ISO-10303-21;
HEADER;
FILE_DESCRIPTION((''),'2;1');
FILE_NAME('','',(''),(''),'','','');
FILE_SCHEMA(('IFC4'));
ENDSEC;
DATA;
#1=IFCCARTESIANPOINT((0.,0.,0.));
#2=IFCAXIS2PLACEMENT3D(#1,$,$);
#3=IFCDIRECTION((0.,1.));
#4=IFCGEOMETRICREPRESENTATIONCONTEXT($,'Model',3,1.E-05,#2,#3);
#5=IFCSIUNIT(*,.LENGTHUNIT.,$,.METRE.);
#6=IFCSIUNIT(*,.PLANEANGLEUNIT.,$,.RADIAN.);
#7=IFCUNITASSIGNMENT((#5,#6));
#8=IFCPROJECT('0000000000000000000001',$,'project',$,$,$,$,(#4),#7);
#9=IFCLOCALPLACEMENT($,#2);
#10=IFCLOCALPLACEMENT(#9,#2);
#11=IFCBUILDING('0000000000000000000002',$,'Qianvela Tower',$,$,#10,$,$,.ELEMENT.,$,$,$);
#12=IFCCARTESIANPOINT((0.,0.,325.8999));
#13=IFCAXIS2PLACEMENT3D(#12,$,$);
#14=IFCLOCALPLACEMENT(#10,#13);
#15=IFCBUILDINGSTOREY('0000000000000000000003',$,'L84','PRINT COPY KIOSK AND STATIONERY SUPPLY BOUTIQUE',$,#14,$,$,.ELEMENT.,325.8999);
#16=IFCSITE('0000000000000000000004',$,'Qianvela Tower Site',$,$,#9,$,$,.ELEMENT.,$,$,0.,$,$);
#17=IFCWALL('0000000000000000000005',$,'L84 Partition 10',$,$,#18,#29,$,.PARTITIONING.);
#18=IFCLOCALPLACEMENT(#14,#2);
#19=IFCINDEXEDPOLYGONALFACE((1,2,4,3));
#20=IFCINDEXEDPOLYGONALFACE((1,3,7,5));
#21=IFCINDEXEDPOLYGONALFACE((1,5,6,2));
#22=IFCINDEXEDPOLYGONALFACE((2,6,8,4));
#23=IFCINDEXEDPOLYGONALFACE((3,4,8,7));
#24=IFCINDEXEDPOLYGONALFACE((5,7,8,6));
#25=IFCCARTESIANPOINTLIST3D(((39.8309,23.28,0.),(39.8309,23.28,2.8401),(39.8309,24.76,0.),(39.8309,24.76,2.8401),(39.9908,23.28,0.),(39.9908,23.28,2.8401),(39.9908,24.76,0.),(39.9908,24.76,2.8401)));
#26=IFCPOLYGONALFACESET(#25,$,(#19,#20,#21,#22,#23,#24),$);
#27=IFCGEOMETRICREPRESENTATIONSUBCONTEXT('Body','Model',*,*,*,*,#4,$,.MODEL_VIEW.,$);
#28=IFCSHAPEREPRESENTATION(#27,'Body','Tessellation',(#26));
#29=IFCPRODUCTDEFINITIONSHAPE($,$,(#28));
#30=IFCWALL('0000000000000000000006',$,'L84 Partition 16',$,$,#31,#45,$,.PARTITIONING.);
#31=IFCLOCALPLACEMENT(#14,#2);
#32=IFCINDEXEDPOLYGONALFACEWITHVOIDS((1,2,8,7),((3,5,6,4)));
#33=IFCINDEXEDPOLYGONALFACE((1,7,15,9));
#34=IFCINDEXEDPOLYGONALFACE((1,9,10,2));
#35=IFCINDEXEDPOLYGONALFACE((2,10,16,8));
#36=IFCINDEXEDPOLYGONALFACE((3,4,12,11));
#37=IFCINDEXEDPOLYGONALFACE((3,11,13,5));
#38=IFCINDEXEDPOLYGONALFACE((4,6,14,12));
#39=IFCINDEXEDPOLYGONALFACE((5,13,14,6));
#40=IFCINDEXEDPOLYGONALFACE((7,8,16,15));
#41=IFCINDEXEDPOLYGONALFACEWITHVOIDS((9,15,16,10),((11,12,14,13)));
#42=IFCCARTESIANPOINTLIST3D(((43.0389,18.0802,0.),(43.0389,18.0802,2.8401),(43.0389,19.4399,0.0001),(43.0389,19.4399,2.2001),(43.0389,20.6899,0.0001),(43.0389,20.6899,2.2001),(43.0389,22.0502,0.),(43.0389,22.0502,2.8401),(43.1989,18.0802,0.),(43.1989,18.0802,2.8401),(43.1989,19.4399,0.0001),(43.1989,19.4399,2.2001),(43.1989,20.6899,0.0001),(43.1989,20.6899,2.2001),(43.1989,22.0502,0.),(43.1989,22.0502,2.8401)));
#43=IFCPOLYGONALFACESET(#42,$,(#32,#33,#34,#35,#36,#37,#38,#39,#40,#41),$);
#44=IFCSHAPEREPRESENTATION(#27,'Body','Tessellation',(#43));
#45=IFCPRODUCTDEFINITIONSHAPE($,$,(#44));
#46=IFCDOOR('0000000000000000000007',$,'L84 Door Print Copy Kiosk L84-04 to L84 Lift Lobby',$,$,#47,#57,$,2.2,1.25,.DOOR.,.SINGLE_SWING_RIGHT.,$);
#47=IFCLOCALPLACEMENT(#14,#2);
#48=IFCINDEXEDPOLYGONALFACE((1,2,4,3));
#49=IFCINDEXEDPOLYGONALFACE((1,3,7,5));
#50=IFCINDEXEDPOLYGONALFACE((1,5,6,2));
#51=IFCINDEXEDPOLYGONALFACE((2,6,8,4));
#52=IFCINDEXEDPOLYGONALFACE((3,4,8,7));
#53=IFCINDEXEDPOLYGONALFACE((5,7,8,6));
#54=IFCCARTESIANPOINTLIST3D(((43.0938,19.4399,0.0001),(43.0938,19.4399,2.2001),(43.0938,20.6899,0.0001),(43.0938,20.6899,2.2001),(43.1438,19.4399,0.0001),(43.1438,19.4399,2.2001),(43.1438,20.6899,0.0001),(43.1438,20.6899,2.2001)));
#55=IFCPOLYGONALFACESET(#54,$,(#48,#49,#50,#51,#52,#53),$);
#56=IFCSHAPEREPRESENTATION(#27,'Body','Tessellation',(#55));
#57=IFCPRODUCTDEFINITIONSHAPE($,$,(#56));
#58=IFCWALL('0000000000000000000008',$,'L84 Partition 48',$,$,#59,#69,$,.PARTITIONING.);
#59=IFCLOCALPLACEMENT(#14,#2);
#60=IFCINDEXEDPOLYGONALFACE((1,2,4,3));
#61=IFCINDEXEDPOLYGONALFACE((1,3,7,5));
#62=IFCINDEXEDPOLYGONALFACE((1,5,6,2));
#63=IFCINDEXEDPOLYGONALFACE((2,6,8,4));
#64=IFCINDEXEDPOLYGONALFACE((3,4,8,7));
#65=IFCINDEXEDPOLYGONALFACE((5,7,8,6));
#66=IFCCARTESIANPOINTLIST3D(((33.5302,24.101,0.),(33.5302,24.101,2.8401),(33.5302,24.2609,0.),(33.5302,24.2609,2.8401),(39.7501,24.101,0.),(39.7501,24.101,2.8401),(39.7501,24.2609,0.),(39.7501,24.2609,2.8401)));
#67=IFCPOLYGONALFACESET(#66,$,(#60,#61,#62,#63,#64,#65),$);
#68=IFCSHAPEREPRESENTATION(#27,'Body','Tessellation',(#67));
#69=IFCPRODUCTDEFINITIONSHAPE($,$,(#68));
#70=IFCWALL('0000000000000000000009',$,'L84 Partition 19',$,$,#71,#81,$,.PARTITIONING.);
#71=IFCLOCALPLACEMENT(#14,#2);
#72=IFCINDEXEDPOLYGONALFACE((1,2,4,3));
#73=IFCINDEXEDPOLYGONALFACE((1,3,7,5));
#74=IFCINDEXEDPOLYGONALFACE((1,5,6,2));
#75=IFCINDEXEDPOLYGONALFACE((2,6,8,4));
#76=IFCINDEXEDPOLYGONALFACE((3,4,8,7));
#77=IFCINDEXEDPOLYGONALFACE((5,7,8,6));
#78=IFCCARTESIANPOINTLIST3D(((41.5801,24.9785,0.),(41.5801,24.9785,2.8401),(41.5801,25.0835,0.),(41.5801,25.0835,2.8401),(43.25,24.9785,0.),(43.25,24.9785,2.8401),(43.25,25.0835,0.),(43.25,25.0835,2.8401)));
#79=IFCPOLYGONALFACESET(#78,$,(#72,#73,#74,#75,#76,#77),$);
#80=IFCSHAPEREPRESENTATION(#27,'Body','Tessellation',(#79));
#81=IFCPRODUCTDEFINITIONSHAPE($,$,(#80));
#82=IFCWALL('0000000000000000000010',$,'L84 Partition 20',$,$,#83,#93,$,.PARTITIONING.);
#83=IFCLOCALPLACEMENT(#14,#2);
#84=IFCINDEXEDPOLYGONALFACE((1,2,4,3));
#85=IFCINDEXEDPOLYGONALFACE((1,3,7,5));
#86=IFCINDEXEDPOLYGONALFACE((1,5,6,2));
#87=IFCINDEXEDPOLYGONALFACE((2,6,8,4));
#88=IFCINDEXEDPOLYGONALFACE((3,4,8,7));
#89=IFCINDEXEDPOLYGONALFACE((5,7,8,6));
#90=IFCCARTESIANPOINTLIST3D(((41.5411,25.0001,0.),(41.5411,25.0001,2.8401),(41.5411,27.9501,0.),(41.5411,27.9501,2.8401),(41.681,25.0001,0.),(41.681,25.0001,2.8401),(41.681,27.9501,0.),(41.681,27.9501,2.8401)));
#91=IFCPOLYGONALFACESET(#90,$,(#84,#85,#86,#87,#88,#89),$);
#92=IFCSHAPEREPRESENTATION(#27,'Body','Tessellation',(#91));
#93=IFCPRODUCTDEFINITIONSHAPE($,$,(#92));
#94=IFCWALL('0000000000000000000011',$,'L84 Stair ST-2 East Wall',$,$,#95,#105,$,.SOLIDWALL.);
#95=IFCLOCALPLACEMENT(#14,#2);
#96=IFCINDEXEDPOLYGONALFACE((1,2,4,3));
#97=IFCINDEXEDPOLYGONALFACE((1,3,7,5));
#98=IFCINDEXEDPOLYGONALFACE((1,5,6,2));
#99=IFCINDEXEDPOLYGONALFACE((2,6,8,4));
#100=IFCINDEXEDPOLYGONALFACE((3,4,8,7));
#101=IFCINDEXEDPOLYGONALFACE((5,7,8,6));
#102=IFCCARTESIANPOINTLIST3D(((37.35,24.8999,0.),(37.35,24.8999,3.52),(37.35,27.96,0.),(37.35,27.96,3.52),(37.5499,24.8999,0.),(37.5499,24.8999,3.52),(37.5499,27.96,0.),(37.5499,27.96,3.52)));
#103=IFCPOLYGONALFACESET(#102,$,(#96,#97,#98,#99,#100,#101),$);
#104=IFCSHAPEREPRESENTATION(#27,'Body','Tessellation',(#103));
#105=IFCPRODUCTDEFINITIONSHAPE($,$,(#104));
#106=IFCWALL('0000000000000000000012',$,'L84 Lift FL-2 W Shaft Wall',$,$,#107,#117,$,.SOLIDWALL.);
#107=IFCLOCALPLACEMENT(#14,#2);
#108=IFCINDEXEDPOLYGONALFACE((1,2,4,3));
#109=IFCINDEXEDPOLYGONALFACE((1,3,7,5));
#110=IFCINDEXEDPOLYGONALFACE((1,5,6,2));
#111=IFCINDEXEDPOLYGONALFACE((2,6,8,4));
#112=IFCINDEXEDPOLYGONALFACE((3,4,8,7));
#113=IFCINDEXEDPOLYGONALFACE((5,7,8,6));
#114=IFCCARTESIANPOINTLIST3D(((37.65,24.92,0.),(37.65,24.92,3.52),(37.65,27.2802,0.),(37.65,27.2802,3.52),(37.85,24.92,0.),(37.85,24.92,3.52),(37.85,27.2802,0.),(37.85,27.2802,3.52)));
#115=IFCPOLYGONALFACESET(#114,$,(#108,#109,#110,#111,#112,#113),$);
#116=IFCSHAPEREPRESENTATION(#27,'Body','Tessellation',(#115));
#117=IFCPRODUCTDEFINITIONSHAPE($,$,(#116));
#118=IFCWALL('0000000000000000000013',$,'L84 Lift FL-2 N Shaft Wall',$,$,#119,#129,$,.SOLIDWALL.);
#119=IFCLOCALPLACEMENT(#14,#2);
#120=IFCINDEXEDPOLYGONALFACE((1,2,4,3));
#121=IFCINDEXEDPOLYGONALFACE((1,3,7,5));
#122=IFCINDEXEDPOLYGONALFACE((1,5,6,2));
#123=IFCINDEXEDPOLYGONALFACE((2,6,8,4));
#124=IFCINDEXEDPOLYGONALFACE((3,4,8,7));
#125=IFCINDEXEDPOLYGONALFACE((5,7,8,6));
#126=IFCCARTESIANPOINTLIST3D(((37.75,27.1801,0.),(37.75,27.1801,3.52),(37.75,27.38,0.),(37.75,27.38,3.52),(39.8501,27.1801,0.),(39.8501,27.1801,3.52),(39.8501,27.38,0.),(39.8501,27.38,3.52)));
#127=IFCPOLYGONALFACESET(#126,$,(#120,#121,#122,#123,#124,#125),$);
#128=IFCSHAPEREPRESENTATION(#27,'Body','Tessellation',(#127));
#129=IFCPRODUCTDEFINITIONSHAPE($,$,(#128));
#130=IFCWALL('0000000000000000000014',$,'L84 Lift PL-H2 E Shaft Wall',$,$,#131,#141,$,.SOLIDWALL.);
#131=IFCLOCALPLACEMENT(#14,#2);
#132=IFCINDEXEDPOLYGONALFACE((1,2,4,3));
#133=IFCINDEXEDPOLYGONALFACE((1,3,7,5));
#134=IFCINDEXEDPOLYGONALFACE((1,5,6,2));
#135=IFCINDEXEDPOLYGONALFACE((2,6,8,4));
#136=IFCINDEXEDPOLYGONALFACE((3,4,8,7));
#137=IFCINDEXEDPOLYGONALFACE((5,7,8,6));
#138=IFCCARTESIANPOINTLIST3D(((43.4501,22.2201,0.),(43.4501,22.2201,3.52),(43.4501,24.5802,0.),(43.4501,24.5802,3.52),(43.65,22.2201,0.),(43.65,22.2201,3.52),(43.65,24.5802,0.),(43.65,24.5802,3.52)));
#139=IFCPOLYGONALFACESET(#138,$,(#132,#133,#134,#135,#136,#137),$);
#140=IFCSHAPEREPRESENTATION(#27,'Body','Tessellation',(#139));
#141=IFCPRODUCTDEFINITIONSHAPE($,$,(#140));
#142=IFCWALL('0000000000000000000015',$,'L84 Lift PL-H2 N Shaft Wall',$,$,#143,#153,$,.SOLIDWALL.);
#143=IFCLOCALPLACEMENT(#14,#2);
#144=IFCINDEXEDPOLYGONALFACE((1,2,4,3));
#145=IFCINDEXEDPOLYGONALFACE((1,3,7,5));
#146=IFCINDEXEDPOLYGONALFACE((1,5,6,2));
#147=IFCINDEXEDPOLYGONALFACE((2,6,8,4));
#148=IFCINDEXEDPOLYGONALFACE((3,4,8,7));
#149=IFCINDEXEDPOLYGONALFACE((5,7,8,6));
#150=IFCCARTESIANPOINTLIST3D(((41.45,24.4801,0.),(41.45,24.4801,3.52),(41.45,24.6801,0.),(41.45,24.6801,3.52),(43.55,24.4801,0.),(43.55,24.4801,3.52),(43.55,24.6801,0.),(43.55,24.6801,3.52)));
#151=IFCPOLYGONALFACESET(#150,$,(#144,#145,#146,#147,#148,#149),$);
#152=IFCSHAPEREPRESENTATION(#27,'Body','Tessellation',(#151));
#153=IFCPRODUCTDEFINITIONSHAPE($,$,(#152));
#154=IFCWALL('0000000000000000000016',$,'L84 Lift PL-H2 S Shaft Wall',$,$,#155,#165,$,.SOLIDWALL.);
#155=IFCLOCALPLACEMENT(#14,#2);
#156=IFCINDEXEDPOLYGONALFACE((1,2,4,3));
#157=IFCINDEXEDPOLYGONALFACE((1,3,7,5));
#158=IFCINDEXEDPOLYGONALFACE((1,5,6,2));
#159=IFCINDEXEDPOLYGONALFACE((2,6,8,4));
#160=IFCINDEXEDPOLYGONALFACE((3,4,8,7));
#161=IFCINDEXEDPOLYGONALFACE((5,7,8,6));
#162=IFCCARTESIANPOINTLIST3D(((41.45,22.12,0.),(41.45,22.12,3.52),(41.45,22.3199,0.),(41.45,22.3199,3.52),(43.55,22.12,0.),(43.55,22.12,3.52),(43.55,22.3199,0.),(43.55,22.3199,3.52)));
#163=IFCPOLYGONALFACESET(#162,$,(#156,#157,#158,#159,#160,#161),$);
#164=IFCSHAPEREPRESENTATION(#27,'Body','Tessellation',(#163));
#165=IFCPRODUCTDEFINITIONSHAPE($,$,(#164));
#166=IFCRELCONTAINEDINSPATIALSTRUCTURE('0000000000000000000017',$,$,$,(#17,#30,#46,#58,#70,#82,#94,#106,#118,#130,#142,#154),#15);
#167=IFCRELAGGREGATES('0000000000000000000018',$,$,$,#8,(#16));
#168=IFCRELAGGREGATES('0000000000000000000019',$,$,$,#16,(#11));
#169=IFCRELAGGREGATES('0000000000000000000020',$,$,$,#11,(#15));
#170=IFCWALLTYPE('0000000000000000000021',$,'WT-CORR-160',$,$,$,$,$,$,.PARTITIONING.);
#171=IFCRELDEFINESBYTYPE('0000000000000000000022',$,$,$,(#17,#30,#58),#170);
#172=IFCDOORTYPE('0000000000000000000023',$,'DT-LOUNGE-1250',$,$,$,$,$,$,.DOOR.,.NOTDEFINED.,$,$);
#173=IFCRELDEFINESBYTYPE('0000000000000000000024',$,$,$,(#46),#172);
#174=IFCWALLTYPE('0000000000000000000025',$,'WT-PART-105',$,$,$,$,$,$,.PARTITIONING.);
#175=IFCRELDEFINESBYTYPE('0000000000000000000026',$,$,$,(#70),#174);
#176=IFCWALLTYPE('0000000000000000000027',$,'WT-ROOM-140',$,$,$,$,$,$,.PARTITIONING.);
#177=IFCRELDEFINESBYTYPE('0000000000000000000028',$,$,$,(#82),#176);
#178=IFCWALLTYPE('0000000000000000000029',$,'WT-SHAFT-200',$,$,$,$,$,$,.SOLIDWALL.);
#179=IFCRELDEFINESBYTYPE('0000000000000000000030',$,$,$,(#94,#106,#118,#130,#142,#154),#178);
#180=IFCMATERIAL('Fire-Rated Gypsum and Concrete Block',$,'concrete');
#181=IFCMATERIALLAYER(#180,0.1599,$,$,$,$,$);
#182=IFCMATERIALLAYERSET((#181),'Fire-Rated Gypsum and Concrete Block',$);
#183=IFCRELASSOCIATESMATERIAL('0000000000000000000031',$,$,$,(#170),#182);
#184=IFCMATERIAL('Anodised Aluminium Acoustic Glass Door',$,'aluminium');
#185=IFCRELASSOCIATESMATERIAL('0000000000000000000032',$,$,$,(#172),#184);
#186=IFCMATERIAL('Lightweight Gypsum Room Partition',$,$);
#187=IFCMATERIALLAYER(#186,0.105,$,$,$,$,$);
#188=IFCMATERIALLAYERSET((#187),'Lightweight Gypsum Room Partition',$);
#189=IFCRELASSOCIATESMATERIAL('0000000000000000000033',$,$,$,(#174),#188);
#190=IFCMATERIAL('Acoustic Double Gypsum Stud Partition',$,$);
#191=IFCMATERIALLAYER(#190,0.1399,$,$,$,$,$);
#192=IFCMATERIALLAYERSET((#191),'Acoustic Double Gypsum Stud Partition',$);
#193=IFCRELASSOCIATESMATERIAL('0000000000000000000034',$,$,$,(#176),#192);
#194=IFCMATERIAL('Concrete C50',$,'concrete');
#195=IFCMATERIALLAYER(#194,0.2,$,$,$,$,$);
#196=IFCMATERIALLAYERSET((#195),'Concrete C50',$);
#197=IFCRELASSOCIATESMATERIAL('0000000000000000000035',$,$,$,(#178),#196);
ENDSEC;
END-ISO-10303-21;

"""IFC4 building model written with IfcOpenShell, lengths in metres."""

from ifc_helpers import new_model, si_unit, direction, frame, frame_2d, origin, place, context, subcontext, project, spatial, rectangle, extrude, material, layer, layer_set, type_object, element, fill, save


model = new_model("IFC4")

# Units and contexts
model_context = context("Model", 3, precision=1e-05, world=origin(), true_north=direction((0.0, 1.0)))
body_context = subcontext(model_context, "Body", "Model", "MODEL_VIEW")
ifc_project = project(units=[si_unit("LENGTHUNIT", "METRE"), si_unit("PLANEANGLEUNIT", "RADIAN")], contexts=[model_context])

# Site, building, storey
site_placement = place(None, origin())
site = spatial("IfcSite", under=ifc_project, at=site_placement, Name="Qianvela Tower Site", CompositionType="ELEMENT", RefElevation=0.0)
building_placement = place(site_placement, origin())
building = spatial("IfcBuilding", under=site, at=building_placement, Name="Qianvela Tower", CompositionType="ELEMENT")
storey_placement = place(building_placement, frame((0.0, 0.0, 325.8999)))
storey = spatial("IfcBuildingStorey", under=building, at=storey_placement, Name="L84", Description="PRINT COPY KIOSK AND STATIONERY SUPPLY BOUTIQUE", CompositionType="ELEMENT", Elevation=325.8999)

# Wall
ifc_material_1 = material(Name="Fire-Rated Gypsum and Concrete Block", Category="concrete")
ifc_layer_1 = layer(ifc_material_1, 0.1599)
ifc_layer_set_1 = layer_set([ifc_layer_1], Name="Fire-Rated Gypsum and Concrete Block")
wall_type_1 = type_object("IfcWallType", Name="WT-CORR-160", PredefinedType="PARTITIONING", material=ifc_layer_set_1)
wall_1_placement = place(storey_placement, frame((39.9109, 23.28, 0.0), z_axis=(0.0, 0.0, 1.0), x_axis=(0.0, 1.0, 0.0)))
element("IfcWall", 1, at=wall_1_placement, inside=storey, type_object=wall_type_1, Name="L84 Partition 10", PredefinedType="PARTITIONING", context=body_context, shape_type="SweptSolid", body=[
    extrude(rectangle(XDim=1.48, YDim=0.1599, at=frame_2d((0.74, 0.0))), origin(), (0.0, 0.0, 1.0), 2.8401),
])

# Wall, opening, door
wall_2_placement = place(storey_placement, frame((43.1189, 22.05, 0.0), z_axis=(0.0, 0.0, 1.0), x_axis=(0.0, -1.0, 0.0)))
wall_2 = element("IfcWall", 2, at=wall_2_placement, inside=storey, type_object=wall_type_1, Name="L84 Partition 16", PredefinedType="PARTITIONING", context=body_context, shape_type="SweptSolid", body=[
    extrude(rectangle(XDim=3.97, YDim=0.1599, at=frame_2d((1.9849, 0.0))), origin(), (0.0, 0.0, 1.0), 2.8401),
])
opening_1_placement = place(wall_2_placement, frame((1.3601, 0.0, 0.0)))
opening_1 = element("IfcOpeningElement", 3, at=opening_1_placement, cuts=wall_2, PredefinedType="OPENING", context=body_context, shape_type="SweptSolid", body=[
    extrude(rectangle(XDim=1.25, YDim=2.2, at=frame_2d((0.625, 1.1001))), frame((0.0, 0.0898, 0.0), z_axis=(0.0, -1.0, 0.0), x_axis=(1.0, 0.0, 0.0)), (0.0, 0.0, 1.0), 0.1799),
])
ifc_material_2 = material(Name="Anodised Aluminium Acoustic Glass Door", Category="aluminium")
door_type_1 = type_object("IfcDoorType", Name="DT-LOUNGE-1250", OperationType="NOTDEFINED", PredefinedType="DOOR", material=ifc_material_2)
door_1_placement = place(opening_1_placement, origin())
door_1 = element("IfcDoor", 4, at=door_1_placement, inside=storey, type_object=door_type_1, Name="L84 Door Print Copy Kiosk L84-04 to L84 Lift Lobby", OperationType="SINGLE_SWING_RIGHT", OverallHeight=2.2, OverallWidth=1.25, PredefinedType="DOOR", context=body_context, shape_type="SweptSolid", body=[
    extrude(rectangle(XDim=1.25, YDim=2.2, at=frame_2d((0.625, 1.1001))), frame((0.0, 0.0249, 0.0), z_axis=(0.0, -1.0, 0.0), x_axis=(1.0, 0.0, 0.0)), (0.0, 0.0, 1.0), 0.05),
])
fill(opening_1, door_1)

# Walls
wall_3_placement = place(storey_placement, frame((39.75, 24.1809, 0.0), z_axis=(0.0, 0.0, 1.0), x_axis=(-1.0, 0.0, 0.0)))
element("IfcWall", 5, at=wall_3_placement, inside=storey, type_object=wall_type_1, Name="L84 Partition 48", PredefinedType="PARTITIONING", context=body_context, shape_type="SweptSolid", body=[
    extrude(rectangle(XDim=6.22, YDim=0.1599, at=frame_2d((3.1099, 0.0))), origin(), (0.0, 0.0, 1.0), 2.8401),
])
ifc_material_3 = material(Name="Lightweight Gypsum Room Partition")
ifc_layer_2 = layer(ifc_material_3, 0.105)
ifc_layer_set_2 = layer_set([ifc_layer_2], Name="Lightweight Gypsum Room Partition")
wall_type_2 = type_object("IfcWallType", Name="WT-PART-105", PredefinedType="PARTITIONING", material=ifc_layer_set_2)
wall_4_placement = place(storey_placement, frame((43.25, 25.031, 0.0), z_axis=(0.0, 0.0, 1.0), x_axis=(-1.0, 0.0, 0.0)))
element("IfcWall", 6, at=wall_4_placement, inside=storey, type_object=wall_type_2, Name="L84 Partition 19", PredefinedType="PARTITIONING", context=body_context, shape_type="SweptSolid", body=[
    extrude(rectangle(XDim=1.6699, YDim=0.105, at=frame_2d((0.835, 0.0))), origin(), (0.0, 0.0, 1.0), 2.8401),
])
ifc_material_4 = material(Name="Acoustic Double Gypsum Stud Partition")
ifc_layer_3 = layer(ifc_material_4, 0.1399)
ifc_layer_set_3 = layer_set([ifc_layer_3], Name="Acoustic Double Gypsum Stud Partition")
wall_type_3 = type_object("IfcWallType", Name="WT-ROOM-140", PredefinedType="PARTITIONING", material=ifc_layer_set_3)
wall_5_placement = place(storey_placement, frame((41.6111, 25.0, 0.0), z_axis=(0.0, 0.0, 1.0), x_axis=(0.0, 1.0, 0.0)))
element("IfcWall", 7, at=wall_5_placement, inside=storey, type_object=wall_type_3, Name="L84 Partition 20", PredefinedType="PARTITIONING", context=body_context, shape_type="SweptSolid", body=[
    extrude(rectangle(XDim=2.95, YDim=0.1399, at=frame_2d((1.4751, 0.0))), origin(), (0.0, 0.0, 1.0), 2.8401),
])
ifc_material_5 = material(Name="Concrete C50", Category="concrete")
ifc_layer_4 = layer(ifc_material_5, 0.2)
ifc_layer_set_4 = layer_set([ifc_layer_4], Name="Concrete C50")
wall_type_4 = type_object("IfcWallType", Name="WT-SHAFT-200", PredefinedType="SOLIDWALL", material=ifc_layer_set_4)
wall_6_placement = place(storey_placement, frame((37.45, 24.8999, 0.0), z_axis=(0.0, 0.0, 1.0), x_axis=(0.0, 1.0, 0.0)))
element("IfcWall", 8, at=wall_6_placement, inside=storey, type_object=wall_type_4, Name="L84 Stair ST-2 East Wall", PredefinedType="SOLIDWALL", context=body_context, shape_type="SweptSolid", body=[
    extrude(rectangle(XDim=3.0601, YDim=0.2, at=frame_2d((1.53, 0.0))), origin(), (0.0, 0.0, 1.0), 3.52),
])

# Walls
wall_7_placement = place(storey_placement, frame((37.75, 24.9199, 0.0), z_axis=(0.0, 0.0, 1.0), x_axis=(0.0, 1.0, 0.0)))
element("IfcWall", 9, at=wall_7_placement, inside=storey, type_object=wall_type_4, Name="L84 Lift FL-2 W Shaft Wall", PredefinedType="SOLIDWALL", context=body_context, shape_type="SweptSolid", body=[
    extrude(rectangle(XDim=2.3601, YDim=0.2, at=frame_2d((1.1802, 0.0))), origin(), (0.0, 0.0, 1.0), 3.52),
])
wall_8_placement = place(storey_placement, frame((37.75, 27.28, 0.0), z_axis=(0.0, 0.0, 1.0), x_axis=(1.0, 0.0, 0.0)))
element("IfcWall", 10, at=wall_8_placement, inside=storey, type_object=wall_type_4, Name="L84 Lift FL-2 N Shaft Wall", PredefinedType="SOLIDWALL", context=body_context, shape_type="SweptSolid", body=[
    extrude(rectangle(XDim=2.1001, YDim=0.2, at=frame_2d((1.05, 0.0))), origin(), (0.0, 0.0, 1.0), 3.52),
])
wall_9_placement = place(storey_placement, frame((43.55, 22.22, 0.0), z_axis=(0.0, 0.0, 1.0), x_axis=(0.0, 1.0, 0.0)))
element("IfcWall", 11, at=wall_9_placement, inside=storey, type_object=wall_type_4, Name="L84 Lift PL-H2 E Shaft Wall", PredefinedType="SOLIDWALL", context=body_context, shape_type="SweptSolid", body=[
    extrude(rectangle(XDim=2.3601, YDim=0.2, at=frame_2d((1.1802, 0.0))), origin(), (0.0, 0.0, 1.0), 3.52),
])

# Walls
for number, where, z_axis, x_axis, name in (
    (12, (41.45, 24.5801, 0.0), (0.0, 0.0, 1.0), (1.0, 0.0, 0.0), "L84 Lift PL-H2 N Shaft Wall"),
    (13, (41.45, 22.22, 0.0), (0.0, 0.0, 1.0), (1.0, 0.0, 0.0), "L84 Lift PL-H2 S Shaft Wall"),
):
    element("IfcWall", number, at=place(storey_placement, frame(where, z_axis=z_axis, x_axis=x_axis)), inside=storey, type_object=wall_type_4, Name=name, PredefinedType="SOLIDWALL", context=body_context, shape_type="SweptSolid", body=[
        extrude(rectangle(XDim=2.1001, YDim=0.2, at=frame_2d((1.05, 0.0))), origin(), (0.0, 0.0, 1.0), 3.52),
    ])

save(model, "model.ifc")
